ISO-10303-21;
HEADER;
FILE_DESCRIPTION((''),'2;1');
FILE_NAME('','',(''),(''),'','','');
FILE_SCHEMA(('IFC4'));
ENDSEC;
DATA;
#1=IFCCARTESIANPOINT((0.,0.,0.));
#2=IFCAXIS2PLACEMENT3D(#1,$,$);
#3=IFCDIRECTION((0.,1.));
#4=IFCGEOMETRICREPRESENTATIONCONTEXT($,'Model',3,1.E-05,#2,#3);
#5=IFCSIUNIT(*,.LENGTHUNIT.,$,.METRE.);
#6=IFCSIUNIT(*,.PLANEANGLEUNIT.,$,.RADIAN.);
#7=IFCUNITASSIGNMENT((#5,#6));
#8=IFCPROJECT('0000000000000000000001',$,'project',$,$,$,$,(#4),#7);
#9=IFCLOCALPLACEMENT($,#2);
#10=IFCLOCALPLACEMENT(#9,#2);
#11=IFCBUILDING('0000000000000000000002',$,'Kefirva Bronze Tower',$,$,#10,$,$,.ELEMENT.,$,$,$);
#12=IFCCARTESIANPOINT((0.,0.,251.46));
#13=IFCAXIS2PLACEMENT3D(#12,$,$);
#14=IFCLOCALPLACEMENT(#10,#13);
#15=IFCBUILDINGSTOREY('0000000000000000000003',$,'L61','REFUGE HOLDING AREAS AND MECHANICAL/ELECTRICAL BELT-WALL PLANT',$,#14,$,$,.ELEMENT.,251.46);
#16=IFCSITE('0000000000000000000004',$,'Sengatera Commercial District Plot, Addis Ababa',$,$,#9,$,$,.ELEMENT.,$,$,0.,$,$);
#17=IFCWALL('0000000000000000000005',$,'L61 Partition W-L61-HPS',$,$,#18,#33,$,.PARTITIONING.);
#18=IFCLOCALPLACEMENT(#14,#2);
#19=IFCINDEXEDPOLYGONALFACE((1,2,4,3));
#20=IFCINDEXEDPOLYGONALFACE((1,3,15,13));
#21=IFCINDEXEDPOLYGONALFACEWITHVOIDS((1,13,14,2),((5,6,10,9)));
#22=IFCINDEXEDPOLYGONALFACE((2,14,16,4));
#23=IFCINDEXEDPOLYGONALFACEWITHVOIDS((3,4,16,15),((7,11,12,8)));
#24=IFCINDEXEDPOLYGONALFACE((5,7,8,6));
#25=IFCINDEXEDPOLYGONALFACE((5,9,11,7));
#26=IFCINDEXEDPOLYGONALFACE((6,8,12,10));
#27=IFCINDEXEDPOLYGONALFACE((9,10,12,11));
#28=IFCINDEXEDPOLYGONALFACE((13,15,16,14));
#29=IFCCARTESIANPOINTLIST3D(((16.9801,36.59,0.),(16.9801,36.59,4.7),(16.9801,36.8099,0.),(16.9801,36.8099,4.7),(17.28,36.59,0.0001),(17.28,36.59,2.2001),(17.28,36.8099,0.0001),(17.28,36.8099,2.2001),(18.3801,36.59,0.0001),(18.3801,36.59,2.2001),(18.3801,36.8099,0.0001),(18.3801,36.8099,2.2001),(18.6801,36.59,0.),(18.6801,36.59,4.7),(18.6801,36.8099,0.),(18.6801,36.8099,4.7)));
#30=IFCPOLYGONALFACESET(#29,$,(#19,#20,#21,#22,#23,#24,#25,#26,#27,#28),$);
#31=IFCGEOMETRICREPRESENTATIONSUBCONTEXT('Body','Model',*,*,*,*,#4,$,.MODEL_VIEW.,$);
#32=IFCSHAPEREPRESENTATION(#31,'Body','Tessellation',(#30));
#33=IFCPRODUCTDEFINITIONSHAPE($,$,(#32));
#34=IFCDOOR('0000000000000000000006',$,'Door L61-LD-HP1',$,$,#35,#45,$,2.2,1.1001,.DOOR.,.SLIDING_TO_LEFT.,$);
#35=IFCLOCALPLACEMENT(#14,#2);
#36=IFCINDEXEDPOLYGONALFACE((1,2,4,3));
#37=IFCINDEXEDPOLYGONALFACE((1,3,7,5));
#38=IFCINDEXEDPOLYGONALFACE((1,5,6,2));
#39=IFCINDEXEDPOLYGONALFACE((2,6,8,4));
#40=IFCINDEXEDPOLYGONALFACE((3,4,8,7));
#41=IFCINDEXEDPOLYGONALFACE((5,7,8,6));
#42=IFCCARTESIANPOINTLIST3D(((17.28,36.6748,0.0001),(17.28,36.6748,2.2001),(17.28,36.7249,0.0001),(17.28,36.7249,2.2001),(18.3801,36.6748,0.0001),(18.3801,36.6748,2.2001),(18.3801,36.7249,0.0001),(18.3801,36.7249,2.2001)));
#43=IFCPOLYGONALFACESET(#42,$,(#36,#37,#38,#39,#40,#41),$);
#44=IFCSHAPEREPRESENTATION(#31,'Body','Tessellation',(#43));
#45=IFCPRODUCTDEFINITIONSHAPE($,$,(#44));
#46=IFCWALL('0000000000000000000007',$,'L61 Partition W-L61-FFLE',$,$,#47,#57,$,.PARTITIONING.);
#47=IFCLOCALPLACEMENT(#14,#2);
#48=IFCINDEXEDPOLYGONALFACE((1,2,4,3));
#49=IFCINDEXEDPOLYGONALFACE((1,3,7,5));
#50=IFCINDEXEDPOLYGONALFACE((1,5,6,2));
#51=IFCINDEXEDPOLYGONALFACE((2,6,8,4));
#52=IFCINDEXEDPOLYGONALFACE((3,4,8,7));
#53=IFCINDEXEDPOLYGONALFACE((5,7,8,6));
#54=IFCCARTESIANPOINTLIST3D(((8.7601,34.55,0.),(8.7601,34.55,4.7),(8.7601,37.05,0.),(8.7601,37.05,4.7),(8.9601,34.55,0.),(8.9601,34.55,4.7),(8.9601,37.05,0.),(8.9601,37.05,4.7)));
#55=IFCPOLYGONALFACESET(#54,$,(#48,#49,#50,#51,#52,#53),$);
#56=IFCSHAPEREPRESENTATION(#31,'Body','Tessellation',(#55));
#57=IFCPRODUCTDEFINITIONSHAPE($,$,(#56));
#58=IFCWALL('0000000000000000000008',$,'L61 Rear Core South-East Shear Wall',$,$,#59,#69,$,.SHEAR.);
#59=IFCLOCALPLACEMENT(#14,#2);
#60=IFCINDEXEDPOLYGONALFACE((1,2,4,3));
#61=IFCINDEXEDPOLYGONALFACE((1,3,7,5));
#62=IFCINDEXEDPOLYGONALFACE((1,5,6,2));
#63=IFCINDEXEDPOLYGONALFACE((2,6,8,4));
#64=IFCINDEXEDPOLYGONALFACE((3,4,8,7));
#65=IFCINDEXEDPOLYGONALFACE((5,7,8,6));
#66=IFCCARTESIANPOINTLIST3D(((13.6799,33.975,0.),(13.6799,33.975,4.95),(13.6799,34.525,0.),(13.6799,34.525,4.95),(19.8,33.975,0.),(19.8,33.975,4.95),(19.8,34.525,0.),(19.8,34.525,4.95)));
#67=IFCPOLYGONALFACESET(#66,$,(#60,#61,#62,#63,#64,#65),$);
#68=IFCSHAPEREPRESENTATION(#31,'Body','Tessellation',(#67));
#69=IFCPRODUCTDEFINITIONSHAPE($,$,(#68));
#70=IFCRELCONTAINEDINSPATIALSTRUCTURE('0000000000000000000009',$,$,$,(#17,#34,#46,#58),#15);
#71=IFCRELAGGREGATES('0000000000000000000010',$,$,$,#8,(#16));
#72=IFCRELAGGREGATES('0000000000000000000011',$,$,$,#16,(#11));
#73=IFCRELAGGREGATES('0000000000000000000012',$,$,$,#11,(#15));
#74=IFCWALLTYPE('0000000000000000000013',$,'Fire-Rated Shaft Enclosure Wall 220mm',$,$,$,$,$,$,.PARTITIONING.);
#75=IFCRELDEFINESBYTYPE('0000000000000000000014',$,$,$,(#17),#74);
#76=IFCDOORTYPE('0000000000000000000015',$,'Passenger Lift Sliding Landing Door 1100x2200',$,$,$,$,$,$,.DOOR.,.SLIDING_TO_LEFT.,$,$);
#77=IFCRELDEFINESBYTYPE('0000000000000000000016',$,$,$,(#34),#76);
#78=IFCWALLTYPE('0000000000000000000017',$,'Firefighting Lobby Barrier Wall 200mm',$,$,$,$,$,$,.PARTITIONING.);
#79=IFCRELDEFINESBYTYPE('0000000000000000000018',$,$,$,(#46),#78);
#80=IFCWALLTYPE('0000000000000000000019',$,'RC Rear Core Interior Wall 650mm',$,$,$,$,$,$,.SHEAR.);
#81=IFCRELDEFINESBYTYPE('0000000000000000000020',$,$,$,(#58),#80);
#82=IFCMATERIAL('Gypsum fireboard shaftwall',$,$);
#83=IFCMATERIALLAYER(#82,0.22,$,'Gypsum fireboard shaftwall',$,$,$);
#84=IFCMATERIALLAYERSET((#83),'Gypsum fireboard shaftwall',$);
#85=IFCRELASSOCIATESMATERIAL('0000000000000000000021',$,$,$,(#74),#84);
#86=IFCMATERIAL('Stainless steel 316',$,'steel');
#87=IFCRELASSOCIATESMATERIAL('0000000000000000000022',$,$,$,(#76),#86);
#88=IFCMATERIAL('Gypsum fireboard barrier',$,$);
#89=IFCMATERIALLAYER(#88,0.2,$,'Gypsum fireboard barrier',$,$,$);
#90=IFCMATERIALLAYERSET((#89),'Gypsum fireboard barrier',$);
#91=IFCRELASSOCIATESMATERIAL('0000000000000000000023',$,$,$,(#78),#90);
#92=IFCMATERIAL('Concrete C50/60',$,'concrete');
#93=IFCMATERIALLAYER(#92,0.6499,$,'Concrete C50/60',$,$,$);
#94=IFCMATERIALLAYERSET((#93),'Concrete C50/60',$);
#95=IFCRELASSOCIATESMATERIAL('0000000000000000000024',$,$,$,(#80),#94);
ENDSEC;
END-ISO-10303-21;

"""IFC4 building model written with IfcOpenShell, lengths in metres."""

from ifc_helpers import new_model, si_unit, direction, frame, frame_2d, origin, place, context, subcontext, project, spatial, rectangle, extrude, material, layer, layer_set, type_object, element, fill, save


model = new_model("IFC4")

# Units and contexts
model_context = context("Model", 3, precision=1e-05, world=origin(), true_north=direction((0.0, 1.0)))
body_context = subcontext(model_context, "Body", "Model", "MODEL_VIEW")
ifc_project = project(units=[si_unit("LENGTHUNIT", "METRE"), si_unit("PLANEANGLEUNIT", "RADIAN")], contexts=[model_context])

# Site, building, storey
site_placement = place(None, origin())
site = spatial("IfcSite", under=ifc_project, at=site_placement, Name="Sengatera Commercial District Plot, Addis Ababa", CompositionType="ELEMENT", RefElevation=0.0)
building_placement = place(site_placement, origin())
building = spatial("IfcBuilding", under=site, at=building_placement, Name="Kefirva Bronze Tower", CompositionType="ELEMENT")
storey_placement = place(building_placement, frame((0.0, 0.0, 251.46)))
storey = spatial("IfcBuildingStorey", under=building, at=storey_placement, Name="L61", Description="REFUGE HOLDING AREAS AND MECHANICAL/ELECTRICAL BELT-WALL PLANT", CompositionType="ELEMENT", Elevation=251.46)

# Shared definitions
ifc_material_1 = material(Name="Concrete C50/60", Category="concrete")

# Wall, opening, door
ifc_material_2 = material(Name="Gypsum fireboard shaftwall")
ifc_layer_1 = layer(ifc_material_2, 0.22, Name="Gypsum fireboard shaftwall")
ifc_layer_set_1 = layer_set([ifc_layer_1], Name="Gypsum fireboard shaftwall")
wall_type_1 = type_object("IfcWallType", Name="Fire-Rated Shaft Enclosure Wall 220mm", PredefinedType="PARTITIONING", material=ifc_layer_set_1)
wall_1_placement = place(storey_placement, frame((16.98, 36.7, 0.0), z_axis=(0.0, 0.0, 1.0), x_axis=(1.0, 0.0, 0.0)))
wall_1 = element("IfcWall", 1, at=wall_1_placement, inside=storey, type_object=wall_type_1, Name="L61 Partition W-L61-HPS", PredefinedType="PARTITIONING", context=body_context, shape_type="SweptSolid", body=[
    extrude(rectangle(XDim=1.7, YDim=0.22, at=frame_2d((0.8501, 0.0))), origin(), (0.0, 0.0, 1.0), 4.7),
])
opening_1_placement = place(wall_1_placement, frame((0.3, 0.0, 0.0)))
opening_1 = element("IfcOpeningElement", 2, at=opening_1_placement, cuts=wall_1, PredefinedType="OPENING", context=body_context, shape_type="SweptSolid", body=[
    extrude(rectangle(XDim=1.1001, YDim=2.2, at=frame_2d((0.55, 1.1001))), frame((0.0, 0.1201, 0.0), z_axis=(0.0, -1.0, 0.0), x_axis=(1.0, 0.0, 0.0)), (0.0, 0.0, 1.0), 0.24),
])
ifc_material_3 = material(Name="Stainless steel 316", Category="steel")
door_type_1 = type_object("IfcDoorType", Name="Passenger Lift Sliding Landing Door 1100x2200", OperationType="SLIDING_TO_LEFT", PredefinedType="DOOR", material=ifc_material_3)
door_1_placement = place(opening_1_placement, origin())
door_1 = element("IfcDoor", 3, at=door_1_placement, inside=storey, type_object=door_type_1, Name="Door L61-LD-HP1", OperationType="SLIDING_TO_LEFT", OverallHeight=2.2, OverallWidth=1.1001, PredefinedType="DOOR", context=body_context, shape_type="SweptSolid", body=[
    extrude(rectangle(XDim=1.1001, YDim=2.2, at=frame_2d((0.55, 1.1001))), frame((0.0, 0.0249, 0.0), z_axis=(0.0, -1.0, 0.0), x_axis=(1.0, 0.0, 0.0)), (0.0, 0.0, 1.0), 0.05),
])
fill(opening_1, door_1)

# Wall
ifc_material_4 = material(Name="Gypsum fireboard barrier")
ifc_layer_2 = layer(ifc_material_4, 0.2, Name="Gypsum fireboard barrier")
ifc_layer_set_2 = layer_set([ifc_layer_2], Name="Gypsum fireboard barrier")
wall_type_2 = type_object("IfcWallType", Name="Firefighting Lobby Barrier Wall 200mm", PredefinedType="PARTITIONING", material=ifc_layer_set_2)
wall_2_placement = place(storey_placement, frame((8.8601, 34.55, 0.0), z_axis=(0.0, 0.0, 1.0), x_axis=(0.0, 1.0, 0.0)))
element("IfcWall", 4, at=wall_2_placement, inside=storey, type_object=wall_type_2, Name="L61 Partition W-L61-FFLE", PredefinedType="PARTITIONING", context=body_context, shape_type="SweptSolid", body=[
    extrude(rectangle(XDim=2.5, YDim=0.2, at=frame_2d((1.25, 0.0))), origin(), (0.0, 0.0, 1.0), 4.7),
])

# Wall
ifc_layer_3 = layer(ifc_material_1, 0.6499, Name="Concrete C50/60")
ifc_layer_set_3 = layer_set([ifc_layer_3], Name="Concrete C50/60")
wall_type_3 = type_object("IfcWallType", Name="RC Rear Core Interior Wall 650mm", PredefinedType="SHEAR", material=ifc_layer_set_3)
wall_3_placement = place(storey_placement, frame((13.6799, 34.25, 0.0), z_axis=(0.0, 0.0, 1.0), x_axis=(1.0, 0.0, 0.0)))
element("IfcWall", 5, at=wall_3_placement, inside=storey, type_object=wall_type_3, Name="L61 Rear Core South-East Shear Wall", PredefinedType="SHEAR", context=body_context, shape_type="SweptSolid", body=[
    extrude(rectangle(XDim=6.1201, YDim=0.55, at=frame_2d((3.0601, 0.0))), origin(), (0.0, 0.0, 1.0), 4.95),
])

save(model, "model.ifc")
